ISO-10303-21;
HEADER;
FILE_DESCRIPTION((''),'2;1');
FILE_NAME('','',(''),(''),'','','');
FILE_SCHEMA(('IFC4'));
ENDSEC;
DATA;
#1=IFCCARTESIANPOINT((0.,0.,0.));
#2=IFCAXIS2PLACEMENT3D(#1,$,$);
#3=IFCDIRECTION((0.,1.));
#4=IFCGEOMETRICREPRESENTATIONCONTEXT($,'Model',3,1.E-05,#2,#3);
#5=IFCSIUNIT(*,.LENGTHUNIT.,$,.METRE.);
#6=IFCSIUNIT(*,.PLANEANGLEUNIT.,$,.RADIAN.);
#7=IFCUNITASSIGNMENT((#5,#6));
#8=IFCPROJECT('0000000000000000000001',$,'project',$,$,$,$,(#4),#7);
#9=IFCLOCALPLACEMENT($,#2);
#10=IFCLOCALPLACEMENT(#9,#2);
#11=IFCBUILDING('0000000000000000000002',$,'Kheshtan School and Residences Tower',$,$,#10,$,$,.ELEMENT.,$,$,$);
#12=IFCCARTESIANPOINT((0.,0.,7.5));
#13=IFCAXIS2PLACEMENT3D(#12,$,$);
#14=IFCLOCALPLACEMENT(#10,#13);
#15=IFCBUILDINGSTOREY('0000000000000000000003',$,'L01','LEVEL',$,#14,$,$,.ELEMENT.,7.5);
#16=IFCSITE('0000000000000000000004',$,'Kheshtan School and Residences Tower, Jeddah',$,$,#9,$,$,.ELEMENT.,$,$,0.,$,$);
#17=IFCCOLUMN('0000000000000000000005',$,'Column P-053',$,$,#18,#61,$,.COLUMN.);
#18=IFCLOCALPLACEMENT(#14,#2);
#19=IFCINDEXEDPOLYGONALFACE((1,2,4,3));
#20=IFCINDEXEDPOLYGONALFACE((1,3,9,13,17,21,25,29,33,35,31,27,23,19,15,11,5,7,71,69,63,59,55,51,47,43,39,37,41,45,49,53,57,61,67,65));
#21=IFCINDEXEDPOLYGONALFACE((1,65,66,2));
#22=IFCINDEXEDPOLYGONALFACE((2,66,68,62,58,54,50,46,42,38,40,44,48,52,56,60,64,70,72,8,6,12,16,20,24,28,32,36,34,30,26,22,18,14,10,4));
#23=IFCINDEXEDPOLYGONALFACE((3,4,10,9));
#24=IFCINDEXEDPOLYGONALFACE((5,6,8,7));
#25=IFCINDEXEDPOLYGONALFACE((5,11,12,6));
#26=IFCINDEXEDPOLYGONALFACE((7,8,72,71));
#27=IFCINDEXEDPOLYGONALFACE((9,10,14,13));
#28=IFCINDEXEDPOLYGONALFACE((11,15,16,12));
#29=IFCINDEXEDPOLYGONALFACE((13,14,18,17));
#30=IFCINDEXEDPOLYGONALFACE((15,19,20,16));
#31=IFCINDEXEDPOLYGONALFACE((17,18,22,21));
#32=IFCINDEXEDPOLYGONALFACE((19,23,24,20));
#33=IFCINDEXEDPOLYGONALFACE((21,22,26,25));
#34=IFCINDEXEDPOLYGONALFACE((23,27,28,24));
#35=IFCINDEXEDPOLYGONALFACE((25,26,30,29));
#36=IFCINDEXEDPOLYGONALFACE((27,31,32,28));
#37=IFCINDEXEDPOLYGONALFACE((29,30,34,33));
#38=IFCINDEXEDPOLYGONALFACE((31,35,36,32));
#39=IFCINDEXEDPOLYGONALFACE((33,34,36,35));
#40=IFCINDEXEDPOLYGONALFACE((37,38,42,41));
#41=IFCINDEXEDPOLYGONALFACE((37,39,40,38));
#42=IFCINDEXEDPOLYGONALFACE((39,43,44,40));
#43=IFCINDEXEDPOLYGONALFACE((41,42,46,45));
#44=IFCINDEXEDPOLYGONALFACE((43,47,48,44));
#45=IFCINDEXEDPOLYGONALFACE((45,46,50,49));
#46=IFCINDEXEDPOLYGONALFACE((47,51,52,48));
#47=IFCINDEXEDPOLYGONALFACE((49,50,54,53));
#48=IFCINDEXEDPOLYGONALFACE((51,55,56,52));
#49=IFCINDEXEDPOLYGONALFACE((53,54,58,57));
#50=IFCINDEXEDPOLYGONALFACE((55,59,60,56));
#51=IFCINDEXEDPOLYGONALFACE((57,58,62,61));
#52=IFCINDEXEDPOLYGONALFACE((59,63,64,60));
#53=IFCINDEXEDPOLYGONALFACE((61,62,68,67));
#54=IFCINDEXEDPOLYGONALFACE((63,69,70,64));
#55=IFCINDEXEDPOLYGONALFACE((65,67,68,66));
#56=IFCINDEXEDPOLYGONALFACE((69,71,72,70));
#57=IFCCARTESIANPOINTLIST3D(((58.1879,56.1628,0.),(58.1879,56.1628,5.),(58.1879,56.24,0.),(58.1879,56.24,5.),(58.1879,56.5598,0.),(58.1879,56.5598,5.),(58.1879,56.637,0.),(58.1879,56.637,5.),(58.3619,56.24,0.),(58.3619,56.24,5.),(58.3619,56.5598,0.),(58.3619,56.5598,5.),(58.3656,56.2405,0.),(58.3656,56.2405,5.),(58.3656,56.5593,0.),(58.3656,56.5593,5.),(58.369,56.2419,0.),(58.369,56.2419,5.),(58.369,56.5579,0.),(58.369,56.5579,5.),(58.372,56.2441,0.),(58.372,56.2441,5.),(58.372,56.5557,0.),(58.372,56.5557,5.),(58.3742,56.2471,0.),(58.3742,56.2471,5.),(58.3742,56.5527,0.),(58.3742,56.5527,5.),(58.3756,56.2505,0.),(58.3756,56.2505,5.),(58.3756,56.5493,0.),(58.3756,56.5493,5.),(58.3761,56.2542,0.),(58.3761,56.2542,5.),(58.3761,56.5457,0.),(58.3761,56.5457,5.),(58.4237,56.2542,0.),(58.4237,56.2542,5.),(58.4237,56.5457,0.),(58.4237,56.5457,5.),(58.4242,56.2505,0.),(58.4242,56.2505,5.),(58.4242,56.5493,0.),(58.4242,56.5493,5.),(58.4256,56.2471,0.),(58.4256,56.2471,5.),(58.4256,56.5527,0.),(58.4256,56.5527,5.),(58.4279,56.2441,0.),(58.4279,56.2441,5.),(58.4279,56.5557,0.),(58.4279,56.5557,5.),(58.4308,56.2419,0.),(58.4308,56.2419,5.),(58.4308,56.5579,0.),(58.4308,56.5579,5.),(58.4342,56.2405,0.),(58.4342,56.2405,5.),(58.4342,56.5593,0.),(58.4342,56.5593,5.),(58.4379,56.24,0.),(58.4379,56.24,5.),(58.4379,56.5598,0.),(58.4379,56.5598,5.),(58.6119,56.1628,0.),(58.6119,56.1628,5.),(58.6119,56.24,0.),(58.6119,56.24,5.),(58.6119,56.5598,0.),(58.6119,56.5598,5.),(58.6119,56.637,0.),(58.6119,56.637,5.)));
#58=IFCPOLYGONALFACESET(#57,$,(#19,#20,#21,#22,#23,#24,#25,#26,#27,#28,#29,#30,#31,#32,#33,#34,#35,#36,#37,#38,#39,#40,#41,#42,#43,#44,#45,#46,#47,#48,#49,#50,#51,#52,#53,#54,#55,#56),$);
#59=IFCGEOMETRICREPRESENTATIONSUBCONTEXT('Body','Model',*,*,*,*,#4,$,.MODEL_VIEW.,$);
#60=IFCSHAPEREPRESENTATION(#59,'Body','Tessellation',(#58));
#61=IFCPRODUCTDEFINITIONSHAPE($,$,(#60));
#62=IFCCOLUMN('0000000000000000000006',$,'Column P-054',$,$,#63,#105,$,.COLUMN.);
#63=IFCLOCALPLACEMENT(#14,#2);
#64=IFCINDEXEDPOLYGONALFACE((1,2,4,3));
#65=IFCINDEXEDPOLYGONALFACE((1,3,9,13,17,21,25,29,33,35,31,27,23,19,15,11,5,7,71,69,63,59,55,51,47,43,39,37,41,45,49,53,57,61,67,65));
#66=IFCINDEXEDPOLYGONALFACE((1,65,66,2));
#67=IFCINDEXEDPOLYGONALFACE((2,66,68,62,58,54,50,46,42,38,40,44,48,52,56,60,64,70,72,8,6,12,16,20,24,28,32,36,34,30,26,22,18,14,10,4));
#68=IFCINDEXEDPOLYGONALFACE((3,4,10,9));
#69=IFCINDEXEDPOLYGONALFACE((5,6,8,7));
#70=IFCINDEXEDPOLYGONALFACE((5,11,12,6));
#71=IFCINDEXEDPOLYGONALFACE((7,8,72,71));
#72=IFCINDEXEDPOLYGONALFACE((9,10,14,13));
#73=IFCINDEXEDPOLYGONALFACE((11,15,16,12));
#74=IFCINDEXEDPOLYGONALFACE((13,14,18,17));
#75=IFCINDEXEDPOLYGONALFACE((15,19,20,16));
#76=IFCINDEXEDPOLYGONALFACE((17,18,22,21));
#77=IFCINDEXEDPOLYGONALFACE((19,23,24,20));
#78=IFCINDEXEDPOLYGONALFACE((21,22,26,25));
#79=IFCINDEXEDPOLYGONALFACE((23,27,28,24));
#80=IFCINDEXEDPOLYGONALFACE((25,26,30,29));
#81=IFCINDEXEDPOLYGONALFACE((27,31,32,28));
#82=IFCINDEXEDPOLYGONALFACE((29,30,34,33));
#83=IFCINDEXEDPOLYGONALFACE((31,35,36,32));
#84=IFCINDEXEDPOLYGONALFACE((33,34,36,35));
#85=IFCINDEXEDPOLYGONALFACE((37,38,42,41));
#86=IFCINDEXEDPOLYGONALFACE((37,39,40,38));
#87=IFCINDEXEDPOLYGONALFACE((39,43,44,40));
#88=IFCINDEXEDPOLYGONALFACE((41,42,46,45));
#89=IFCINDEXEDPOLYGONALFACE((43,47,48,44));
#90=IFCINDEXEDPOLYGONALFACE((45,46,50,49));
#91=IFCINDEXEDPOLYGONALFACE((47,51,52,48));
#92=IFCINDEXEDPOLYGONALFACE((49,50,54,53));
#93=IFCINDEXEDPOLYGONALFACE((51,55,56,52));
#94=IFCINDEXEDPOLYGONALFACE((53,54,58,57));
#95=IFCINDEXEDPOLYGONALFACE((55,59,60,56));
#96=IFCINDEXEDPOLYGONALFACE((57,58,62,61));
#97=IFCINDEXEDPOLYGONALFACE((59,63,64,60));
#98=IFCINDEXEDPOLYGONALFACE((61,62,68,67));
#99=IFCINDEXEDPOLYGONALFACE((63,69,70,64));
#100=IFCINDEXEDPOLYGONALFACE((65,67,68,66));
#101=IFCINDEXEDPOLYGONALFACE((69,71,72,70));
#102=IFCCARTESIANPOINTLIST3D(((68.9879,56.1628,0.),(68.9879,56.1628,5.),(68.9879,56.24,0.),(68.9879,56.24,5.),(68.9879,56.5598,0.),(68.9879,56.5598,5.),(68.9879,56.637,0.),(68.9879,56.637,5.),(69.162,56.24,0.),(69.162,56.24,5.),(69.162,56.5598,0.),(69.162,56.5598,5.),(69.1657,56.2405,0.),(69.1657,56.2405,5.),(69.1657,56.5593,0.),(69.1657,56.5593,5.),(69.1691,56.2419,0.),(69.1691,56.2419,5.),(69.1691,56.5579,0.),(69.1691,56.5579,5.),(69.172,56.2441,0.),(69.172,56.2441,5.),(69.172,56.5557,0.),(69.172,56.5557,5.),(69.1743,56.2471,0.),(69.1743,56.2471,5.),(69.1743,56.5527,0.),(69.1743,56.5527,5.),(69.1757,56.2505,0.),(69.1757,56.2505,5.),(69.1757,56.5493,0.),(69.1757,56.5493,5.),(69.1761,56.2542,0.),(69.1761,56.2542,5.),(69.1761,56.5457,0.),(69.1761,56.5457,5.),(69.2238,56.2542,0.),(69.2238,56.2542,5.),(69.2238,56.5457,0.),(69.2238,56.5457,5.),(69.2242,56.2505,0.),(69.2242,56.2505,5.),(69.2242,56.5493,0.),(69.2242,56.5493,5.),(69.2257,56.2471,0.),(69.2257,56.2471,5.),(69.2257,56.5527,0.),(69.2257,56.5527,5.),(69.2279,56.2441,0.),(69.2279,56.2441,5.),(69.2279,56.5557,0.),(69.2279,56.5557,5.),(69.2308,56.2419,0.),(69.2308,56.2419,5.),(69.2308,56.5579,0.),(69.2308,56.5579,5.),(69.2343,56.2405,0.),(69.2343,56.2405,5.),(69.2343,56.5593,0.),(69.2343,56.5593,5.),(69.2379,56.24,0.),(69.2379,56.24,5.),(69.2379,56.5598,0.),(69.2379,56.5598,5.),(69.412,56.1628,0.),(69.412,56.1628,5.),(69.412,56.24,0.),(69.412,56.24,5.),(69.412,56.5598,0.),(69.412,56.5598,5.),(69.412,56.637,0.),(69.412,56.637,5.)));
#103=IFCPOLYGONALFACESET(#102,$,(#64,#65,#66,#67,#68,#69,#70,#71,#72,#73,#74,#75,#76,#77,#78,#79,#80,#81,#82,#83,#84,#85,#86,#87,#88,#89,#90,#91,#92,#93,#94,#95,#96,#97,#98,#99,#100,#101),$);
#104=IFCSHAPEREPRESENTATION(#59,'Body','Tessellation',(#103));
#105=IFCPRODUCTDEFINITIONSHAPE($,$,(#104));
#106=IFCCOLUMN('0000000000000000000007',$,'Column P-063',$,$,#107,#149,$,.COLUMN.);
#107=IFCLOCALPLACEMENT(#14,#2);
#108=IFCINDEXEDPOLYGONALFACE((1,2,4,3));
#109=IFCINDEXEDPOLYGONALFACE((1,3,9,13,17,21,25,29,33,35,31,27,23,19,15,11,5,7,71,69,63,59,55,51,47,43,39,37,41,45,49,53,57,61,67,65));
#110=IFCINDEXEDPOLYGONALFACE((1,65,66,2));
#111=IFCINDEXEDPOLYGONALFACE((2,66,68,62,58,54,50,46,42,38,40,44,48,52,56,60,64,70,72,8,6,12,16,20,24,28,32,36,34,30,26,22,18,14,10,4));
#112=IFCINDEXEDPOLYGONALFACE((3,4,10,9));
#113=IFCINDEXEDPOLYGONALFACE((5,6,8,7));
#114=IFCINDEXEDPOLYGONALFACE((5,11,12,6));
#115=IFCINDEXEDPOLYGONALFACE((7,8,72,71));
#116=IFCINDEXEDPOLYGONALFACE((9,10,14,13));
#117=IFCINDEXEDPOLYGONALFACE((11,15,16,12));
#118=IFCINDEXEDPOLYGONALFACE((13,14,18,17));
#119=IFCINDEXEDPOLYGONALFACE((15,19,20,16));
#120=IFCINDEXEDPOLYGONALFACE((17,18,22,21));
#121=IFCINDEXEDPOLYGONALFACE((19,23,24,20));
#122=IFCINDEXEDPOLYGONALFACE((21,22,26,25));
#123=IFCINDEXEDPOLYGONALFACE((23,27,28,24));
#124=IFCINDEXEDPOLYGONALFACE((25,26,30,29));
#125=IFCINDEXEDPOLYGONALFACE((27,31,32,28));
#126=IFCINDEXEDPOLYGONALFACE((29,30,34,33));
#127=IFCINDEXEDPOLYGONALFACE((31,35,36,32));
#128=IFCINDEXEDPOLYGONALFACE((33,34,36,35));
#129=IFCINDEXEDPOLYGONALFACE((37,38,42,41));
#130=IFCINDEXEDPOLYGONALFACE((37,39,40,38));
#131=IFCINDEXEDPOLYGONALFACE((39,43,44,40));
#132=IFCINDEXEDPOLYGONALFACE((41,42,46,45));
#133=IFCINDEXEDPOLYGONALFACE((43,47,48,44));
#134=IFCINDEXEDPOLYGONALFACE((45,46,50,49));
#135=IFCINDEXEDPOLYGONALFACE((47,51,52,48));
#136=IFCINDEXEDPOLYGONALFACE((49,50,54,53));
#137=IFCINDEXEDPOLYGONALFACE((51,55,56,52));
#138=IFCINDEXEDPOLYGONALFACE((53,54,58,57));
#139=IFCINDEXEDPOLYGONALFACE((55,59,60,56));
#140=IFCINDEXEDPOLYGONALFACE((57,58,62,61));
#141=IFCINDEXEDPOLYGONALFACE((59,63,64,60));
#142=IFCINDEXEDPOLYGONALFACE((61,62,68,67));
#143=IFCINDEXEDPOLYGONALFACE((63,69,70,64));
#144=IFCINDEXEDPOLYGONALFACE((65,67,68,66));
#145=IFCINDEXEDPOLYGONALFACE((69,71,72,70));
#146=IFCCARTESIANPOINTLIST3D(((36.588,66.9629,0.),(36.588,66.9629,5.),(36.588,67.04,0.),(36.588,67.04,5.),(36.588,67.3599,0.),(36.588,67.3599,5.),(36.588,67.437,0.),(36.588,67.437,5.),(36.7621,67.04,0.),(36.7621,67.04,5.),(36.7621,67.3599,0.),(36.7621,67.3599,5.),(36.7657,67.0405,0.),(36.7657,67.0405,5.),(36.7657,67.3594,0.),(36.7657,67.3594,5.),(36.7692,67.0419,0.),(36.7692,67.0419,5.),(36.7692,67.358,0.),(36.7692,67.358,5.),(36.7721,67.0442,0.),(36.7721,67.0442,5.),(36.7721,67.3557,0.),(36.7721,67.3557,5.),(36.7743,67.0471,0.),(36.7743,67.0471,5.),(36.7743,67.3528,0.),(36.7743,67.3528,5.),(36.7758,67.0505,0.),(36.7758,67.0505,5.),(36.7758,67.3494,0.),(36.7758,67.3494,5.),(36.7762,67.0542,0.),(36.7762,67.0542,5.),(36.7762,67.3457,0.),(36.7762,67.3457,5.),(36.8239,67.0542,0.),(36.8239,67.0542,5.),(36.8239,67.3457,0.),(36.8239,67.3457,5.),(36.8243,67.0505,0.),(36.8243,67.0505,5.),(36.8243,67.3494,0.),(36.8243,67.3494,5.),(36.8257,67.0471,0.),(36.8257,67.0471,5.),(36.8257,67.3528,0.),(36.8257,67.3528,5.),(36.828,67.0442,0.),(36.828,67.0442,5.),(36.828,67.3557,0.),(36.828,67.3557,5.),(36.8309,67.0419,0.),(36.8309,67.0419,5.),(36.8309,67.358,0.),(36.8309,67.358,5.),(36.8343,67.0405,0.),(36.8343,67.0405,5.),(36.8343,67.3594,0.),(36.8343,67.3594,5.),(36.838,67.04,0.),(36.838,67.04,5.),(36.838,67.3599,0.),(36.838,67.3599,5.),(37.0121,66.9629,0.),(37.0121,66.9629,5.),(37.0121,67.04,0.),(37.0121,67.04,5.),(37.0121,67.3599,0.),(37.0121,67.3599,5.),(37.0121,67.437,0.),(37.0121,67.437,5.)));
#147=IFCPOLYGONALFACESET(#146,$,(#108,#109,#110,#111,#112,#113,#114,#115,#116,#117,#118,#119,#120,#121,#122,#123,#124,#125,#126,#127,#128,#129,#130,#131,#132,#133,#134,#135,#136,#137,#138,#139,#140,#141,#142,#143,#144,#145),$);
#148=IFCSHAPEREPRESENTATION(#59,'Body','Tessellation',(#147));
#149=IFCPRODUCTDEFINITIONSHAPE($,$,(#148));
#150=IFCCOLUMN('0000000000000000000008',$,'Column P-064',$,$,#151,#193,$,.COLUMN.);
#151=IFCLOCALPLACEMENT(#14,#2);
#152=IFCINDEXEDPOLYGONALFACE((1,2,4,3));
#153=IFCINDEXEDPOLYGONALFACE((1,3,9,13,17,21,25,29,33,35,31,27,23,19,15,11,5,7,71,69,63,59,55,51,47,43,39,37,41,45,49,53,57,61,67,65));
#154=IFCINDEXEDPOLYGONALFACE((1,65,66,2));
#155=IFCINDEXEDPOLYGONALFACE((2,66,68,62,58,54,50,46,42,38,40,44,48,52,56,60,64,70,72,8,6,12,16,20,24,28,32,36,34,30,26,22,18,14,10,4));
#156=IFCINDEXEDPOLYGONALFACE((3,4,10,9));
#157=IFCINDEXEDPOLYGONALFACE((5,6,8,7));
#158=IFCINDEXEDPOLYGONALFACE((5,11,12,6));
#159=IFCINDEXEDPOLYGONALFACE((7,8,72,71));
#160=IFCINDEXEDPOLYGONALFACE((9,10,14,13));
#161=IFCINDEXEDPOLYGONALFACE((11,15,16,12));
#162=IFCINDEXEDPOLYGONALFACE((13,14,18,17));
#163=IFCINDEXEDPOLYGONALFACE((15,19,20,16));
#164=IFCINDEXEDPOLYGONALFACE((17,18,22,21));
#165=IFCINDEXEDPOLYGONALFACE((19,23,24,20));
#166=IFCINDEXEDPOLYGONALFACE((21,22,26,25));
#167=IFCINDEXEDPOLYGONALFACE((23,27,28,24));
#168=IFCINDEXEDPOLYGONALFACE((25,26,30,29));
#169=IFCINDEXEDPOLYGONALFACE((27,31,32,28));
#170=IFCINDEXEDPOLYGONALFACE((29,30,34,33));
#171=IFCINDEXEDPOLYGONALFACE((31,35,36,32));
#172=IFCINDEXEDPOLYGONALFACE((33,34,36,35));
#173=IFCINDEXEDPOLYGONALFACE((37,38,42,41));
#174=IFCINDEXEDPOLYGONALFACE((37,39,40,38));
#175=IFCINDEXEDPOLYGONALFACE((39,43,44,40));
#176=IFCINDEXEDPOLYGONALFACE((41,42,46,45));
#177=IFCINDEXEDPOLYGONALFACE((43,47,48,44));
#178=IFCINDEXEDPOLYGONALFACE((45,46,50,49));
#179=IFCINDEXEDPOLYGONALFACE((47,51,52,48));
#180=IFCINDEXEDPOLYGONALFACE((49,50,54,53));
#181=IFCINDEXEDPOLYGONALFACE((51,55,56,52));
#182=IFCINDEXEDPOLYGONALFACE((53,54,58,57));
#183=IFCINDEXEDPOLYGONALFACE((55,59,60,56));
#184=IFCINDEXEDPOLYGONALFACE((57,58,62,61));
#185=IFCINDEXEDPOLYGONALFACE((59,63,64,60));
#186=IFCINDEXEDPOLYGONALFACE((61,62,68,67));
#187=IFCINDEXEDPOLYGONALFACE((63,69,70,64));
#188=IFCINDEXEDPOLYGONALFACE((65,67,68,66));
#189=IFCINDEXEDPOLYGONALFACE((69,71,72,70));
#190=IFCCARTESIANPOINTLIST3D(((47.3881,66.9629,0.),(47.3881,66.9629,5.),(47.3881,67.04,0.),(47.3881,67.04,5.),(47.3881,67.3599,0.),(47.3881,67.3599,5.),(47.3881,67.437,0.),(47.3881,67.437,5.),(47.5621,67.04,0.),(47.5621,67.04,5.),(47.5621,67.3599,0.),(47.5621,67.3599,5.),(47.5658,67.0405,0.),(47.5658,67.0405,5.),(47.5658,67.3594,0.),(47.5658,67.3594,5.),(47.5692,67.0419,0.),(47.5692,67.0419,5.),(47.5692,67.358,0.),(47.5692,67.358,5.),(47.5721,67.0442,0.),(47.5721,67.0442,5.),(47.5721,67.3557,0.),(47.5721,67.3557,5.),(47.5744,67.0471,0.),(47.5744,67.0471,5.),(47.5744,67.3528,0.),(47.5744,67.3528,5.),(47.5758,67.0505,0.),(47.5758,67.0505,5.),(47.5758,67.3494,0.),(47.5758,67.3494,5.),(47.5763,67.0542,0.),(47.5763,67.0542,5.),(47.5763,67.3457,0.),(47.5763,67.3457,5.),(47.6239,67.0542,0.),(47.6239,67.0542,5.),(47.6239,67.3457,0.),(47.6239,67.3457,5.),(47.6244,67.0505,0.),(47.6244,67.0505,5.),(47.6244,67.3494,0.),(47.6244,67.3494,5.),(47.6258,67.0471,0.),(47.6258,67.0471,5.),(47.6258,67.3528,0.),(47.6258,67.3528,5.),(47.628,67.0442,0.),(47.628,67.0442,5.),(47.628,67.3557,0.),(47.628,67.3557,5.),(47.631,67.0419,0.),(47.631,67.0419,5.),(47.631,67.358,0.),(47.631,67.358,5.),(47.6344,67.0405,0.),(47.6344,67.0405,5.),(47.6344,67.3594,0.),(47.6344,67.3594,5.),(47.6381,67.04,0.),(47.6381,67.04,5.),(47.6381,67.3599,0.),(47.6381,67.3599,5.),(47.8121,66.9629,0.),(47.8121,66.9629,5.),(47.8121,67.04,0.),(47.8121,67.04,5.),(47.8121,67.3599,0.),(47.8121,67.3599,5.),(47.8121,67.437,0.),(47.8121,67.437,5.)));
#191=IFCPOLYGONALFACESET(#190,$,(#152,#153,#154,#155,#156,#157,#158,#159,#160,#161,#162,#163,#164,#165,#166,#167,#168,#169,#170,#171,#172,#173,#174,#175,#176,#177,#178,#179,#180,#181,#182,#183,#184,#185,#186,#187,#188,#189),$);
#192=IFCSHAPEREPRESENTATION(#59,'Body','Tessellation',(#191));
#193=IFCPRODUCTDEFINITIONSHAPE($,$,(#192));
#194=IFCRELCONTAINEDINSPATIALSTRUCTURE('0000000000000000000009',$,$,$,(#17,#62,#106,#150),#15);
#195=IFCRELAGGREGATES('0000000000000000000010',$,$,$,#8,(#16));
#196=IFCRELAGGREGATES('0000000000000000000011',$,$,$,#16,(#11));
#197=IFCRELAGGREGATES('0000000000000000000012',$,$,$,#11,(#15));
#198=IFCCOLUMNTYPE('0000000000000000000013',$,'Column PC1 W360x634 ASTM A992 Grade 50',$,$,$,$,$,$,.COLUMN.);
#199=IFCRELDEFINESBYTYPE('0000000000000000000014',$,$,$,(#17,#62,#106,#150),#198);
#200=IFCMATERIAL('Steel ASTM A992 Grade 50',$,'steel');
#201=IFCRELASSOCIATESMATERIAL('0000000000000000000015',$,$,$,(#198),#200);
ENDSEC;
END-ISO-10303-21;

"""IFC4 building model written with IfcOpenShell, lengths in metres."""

from ifc_helpers import new_model, si_unit, direction, frame, origin, origin_2d, place, context, subcontext, project, spatial, i_section, extrude, material, material_profile, profile_set, type_object, element, save


model = new_model("IFC4")

# Units and contexts
model_context = context("Model", 3, precision=1e-05, world=origin(), true_north=direction((0.0, 1.0)))
body_context = subcontext(model_context, "Body", "Model", "MODEL_VIEW")
ifc_project = project(units=[si_unit("LENGTHUNIT", "METRE"), si_unit("PLANEANGLEUNIT", "RADIAN")], contexts=[model_context])

# Site, building, storey
site_placement = place(None, origin())
site = spatial("IfcSite", under=ifc_project, at=site_placement, Name="Kheshtan School and Residences Tower, Jeddah", CompositionType="ELEMENT", RefElevation=0.0)
building_placement = place(site_placement, origin())
building = spatial("IfcBuilding", under=site, at=building_placement, Name="Kheshtan School and Residences Tower", CompositionType="ELEMENT")
storey_placement = place(building_placement, frame((0.0, 0.0, 7.5)))
storey = spatial("IfcBuildingStorey", under=building, at=storey_placement, Name="L01", Description="LEVEL", CompositionType="ELEMENT", Elevation=7.5)

# Columns
ifc_material_1 = material(Name="Steel ASTM A992 Grade 50", Category="steel")
ifc_material_profile = material_profile(ifc_material_1, i_section(OverallWidth=0.4241, OverallDepth=0.4741, WebThickness=0.0476, FlangeThickness=0.0771, FilletRadius=0.0142, at=origin_2d()), Name="W360x634")
ifc_profile_set = profile_set([ifc_material_profile], Name="Steel ASTM A992 Grade 50")
column_type = type_object("IfcColumnType", Name="Column PC1 W360x634 ASTM A992 Grade 50", PredefinedType="COLUMN", material=ifc_profile_set)
for number, where, z_axis, x_axis, name in (
    (1, (58.3999, 56.3999, 0.0), (0.0, 0.0, 1.0), (1.0, 0.0, 0.0), "Column P-053"),
    (2, (69.2, 56.3999, 0.0), (0.0, 0.0, 1.0), (1.0, 0.0, 0.0), "Column P-054"),
    (3, (36.8, 67.2, 0.0), (0.0, 0.0, 1.0), (1.0, 0.0, 0.0), "Column P-063"),
    (4, (47.6001, 67.2, 0.0), (0.0, 0.0, 1.0), (1.0, 0.0, 0.0), "Column P-064"),
):
    element("IfcColumn", number, at=place(storey_placement, frame(where, z_axis=z_axis, x_axis=x_axis)), inside=storey, type_object=column_type, Name=name, PredefinedType="COLUMN", context=body_context, shape_type="SweptSolid", body=[
        extrude(i_section(OverallWidth=0.4241, OverallDepth=0.4741, WebThickness=0.0476, FlangeThickness=0.0771, FilletRadius=0.0142, at=origin_2d()), origin(), (0.0, 0.0, 1.0), 5.0),
    ])

save(model, "model.ifc")
